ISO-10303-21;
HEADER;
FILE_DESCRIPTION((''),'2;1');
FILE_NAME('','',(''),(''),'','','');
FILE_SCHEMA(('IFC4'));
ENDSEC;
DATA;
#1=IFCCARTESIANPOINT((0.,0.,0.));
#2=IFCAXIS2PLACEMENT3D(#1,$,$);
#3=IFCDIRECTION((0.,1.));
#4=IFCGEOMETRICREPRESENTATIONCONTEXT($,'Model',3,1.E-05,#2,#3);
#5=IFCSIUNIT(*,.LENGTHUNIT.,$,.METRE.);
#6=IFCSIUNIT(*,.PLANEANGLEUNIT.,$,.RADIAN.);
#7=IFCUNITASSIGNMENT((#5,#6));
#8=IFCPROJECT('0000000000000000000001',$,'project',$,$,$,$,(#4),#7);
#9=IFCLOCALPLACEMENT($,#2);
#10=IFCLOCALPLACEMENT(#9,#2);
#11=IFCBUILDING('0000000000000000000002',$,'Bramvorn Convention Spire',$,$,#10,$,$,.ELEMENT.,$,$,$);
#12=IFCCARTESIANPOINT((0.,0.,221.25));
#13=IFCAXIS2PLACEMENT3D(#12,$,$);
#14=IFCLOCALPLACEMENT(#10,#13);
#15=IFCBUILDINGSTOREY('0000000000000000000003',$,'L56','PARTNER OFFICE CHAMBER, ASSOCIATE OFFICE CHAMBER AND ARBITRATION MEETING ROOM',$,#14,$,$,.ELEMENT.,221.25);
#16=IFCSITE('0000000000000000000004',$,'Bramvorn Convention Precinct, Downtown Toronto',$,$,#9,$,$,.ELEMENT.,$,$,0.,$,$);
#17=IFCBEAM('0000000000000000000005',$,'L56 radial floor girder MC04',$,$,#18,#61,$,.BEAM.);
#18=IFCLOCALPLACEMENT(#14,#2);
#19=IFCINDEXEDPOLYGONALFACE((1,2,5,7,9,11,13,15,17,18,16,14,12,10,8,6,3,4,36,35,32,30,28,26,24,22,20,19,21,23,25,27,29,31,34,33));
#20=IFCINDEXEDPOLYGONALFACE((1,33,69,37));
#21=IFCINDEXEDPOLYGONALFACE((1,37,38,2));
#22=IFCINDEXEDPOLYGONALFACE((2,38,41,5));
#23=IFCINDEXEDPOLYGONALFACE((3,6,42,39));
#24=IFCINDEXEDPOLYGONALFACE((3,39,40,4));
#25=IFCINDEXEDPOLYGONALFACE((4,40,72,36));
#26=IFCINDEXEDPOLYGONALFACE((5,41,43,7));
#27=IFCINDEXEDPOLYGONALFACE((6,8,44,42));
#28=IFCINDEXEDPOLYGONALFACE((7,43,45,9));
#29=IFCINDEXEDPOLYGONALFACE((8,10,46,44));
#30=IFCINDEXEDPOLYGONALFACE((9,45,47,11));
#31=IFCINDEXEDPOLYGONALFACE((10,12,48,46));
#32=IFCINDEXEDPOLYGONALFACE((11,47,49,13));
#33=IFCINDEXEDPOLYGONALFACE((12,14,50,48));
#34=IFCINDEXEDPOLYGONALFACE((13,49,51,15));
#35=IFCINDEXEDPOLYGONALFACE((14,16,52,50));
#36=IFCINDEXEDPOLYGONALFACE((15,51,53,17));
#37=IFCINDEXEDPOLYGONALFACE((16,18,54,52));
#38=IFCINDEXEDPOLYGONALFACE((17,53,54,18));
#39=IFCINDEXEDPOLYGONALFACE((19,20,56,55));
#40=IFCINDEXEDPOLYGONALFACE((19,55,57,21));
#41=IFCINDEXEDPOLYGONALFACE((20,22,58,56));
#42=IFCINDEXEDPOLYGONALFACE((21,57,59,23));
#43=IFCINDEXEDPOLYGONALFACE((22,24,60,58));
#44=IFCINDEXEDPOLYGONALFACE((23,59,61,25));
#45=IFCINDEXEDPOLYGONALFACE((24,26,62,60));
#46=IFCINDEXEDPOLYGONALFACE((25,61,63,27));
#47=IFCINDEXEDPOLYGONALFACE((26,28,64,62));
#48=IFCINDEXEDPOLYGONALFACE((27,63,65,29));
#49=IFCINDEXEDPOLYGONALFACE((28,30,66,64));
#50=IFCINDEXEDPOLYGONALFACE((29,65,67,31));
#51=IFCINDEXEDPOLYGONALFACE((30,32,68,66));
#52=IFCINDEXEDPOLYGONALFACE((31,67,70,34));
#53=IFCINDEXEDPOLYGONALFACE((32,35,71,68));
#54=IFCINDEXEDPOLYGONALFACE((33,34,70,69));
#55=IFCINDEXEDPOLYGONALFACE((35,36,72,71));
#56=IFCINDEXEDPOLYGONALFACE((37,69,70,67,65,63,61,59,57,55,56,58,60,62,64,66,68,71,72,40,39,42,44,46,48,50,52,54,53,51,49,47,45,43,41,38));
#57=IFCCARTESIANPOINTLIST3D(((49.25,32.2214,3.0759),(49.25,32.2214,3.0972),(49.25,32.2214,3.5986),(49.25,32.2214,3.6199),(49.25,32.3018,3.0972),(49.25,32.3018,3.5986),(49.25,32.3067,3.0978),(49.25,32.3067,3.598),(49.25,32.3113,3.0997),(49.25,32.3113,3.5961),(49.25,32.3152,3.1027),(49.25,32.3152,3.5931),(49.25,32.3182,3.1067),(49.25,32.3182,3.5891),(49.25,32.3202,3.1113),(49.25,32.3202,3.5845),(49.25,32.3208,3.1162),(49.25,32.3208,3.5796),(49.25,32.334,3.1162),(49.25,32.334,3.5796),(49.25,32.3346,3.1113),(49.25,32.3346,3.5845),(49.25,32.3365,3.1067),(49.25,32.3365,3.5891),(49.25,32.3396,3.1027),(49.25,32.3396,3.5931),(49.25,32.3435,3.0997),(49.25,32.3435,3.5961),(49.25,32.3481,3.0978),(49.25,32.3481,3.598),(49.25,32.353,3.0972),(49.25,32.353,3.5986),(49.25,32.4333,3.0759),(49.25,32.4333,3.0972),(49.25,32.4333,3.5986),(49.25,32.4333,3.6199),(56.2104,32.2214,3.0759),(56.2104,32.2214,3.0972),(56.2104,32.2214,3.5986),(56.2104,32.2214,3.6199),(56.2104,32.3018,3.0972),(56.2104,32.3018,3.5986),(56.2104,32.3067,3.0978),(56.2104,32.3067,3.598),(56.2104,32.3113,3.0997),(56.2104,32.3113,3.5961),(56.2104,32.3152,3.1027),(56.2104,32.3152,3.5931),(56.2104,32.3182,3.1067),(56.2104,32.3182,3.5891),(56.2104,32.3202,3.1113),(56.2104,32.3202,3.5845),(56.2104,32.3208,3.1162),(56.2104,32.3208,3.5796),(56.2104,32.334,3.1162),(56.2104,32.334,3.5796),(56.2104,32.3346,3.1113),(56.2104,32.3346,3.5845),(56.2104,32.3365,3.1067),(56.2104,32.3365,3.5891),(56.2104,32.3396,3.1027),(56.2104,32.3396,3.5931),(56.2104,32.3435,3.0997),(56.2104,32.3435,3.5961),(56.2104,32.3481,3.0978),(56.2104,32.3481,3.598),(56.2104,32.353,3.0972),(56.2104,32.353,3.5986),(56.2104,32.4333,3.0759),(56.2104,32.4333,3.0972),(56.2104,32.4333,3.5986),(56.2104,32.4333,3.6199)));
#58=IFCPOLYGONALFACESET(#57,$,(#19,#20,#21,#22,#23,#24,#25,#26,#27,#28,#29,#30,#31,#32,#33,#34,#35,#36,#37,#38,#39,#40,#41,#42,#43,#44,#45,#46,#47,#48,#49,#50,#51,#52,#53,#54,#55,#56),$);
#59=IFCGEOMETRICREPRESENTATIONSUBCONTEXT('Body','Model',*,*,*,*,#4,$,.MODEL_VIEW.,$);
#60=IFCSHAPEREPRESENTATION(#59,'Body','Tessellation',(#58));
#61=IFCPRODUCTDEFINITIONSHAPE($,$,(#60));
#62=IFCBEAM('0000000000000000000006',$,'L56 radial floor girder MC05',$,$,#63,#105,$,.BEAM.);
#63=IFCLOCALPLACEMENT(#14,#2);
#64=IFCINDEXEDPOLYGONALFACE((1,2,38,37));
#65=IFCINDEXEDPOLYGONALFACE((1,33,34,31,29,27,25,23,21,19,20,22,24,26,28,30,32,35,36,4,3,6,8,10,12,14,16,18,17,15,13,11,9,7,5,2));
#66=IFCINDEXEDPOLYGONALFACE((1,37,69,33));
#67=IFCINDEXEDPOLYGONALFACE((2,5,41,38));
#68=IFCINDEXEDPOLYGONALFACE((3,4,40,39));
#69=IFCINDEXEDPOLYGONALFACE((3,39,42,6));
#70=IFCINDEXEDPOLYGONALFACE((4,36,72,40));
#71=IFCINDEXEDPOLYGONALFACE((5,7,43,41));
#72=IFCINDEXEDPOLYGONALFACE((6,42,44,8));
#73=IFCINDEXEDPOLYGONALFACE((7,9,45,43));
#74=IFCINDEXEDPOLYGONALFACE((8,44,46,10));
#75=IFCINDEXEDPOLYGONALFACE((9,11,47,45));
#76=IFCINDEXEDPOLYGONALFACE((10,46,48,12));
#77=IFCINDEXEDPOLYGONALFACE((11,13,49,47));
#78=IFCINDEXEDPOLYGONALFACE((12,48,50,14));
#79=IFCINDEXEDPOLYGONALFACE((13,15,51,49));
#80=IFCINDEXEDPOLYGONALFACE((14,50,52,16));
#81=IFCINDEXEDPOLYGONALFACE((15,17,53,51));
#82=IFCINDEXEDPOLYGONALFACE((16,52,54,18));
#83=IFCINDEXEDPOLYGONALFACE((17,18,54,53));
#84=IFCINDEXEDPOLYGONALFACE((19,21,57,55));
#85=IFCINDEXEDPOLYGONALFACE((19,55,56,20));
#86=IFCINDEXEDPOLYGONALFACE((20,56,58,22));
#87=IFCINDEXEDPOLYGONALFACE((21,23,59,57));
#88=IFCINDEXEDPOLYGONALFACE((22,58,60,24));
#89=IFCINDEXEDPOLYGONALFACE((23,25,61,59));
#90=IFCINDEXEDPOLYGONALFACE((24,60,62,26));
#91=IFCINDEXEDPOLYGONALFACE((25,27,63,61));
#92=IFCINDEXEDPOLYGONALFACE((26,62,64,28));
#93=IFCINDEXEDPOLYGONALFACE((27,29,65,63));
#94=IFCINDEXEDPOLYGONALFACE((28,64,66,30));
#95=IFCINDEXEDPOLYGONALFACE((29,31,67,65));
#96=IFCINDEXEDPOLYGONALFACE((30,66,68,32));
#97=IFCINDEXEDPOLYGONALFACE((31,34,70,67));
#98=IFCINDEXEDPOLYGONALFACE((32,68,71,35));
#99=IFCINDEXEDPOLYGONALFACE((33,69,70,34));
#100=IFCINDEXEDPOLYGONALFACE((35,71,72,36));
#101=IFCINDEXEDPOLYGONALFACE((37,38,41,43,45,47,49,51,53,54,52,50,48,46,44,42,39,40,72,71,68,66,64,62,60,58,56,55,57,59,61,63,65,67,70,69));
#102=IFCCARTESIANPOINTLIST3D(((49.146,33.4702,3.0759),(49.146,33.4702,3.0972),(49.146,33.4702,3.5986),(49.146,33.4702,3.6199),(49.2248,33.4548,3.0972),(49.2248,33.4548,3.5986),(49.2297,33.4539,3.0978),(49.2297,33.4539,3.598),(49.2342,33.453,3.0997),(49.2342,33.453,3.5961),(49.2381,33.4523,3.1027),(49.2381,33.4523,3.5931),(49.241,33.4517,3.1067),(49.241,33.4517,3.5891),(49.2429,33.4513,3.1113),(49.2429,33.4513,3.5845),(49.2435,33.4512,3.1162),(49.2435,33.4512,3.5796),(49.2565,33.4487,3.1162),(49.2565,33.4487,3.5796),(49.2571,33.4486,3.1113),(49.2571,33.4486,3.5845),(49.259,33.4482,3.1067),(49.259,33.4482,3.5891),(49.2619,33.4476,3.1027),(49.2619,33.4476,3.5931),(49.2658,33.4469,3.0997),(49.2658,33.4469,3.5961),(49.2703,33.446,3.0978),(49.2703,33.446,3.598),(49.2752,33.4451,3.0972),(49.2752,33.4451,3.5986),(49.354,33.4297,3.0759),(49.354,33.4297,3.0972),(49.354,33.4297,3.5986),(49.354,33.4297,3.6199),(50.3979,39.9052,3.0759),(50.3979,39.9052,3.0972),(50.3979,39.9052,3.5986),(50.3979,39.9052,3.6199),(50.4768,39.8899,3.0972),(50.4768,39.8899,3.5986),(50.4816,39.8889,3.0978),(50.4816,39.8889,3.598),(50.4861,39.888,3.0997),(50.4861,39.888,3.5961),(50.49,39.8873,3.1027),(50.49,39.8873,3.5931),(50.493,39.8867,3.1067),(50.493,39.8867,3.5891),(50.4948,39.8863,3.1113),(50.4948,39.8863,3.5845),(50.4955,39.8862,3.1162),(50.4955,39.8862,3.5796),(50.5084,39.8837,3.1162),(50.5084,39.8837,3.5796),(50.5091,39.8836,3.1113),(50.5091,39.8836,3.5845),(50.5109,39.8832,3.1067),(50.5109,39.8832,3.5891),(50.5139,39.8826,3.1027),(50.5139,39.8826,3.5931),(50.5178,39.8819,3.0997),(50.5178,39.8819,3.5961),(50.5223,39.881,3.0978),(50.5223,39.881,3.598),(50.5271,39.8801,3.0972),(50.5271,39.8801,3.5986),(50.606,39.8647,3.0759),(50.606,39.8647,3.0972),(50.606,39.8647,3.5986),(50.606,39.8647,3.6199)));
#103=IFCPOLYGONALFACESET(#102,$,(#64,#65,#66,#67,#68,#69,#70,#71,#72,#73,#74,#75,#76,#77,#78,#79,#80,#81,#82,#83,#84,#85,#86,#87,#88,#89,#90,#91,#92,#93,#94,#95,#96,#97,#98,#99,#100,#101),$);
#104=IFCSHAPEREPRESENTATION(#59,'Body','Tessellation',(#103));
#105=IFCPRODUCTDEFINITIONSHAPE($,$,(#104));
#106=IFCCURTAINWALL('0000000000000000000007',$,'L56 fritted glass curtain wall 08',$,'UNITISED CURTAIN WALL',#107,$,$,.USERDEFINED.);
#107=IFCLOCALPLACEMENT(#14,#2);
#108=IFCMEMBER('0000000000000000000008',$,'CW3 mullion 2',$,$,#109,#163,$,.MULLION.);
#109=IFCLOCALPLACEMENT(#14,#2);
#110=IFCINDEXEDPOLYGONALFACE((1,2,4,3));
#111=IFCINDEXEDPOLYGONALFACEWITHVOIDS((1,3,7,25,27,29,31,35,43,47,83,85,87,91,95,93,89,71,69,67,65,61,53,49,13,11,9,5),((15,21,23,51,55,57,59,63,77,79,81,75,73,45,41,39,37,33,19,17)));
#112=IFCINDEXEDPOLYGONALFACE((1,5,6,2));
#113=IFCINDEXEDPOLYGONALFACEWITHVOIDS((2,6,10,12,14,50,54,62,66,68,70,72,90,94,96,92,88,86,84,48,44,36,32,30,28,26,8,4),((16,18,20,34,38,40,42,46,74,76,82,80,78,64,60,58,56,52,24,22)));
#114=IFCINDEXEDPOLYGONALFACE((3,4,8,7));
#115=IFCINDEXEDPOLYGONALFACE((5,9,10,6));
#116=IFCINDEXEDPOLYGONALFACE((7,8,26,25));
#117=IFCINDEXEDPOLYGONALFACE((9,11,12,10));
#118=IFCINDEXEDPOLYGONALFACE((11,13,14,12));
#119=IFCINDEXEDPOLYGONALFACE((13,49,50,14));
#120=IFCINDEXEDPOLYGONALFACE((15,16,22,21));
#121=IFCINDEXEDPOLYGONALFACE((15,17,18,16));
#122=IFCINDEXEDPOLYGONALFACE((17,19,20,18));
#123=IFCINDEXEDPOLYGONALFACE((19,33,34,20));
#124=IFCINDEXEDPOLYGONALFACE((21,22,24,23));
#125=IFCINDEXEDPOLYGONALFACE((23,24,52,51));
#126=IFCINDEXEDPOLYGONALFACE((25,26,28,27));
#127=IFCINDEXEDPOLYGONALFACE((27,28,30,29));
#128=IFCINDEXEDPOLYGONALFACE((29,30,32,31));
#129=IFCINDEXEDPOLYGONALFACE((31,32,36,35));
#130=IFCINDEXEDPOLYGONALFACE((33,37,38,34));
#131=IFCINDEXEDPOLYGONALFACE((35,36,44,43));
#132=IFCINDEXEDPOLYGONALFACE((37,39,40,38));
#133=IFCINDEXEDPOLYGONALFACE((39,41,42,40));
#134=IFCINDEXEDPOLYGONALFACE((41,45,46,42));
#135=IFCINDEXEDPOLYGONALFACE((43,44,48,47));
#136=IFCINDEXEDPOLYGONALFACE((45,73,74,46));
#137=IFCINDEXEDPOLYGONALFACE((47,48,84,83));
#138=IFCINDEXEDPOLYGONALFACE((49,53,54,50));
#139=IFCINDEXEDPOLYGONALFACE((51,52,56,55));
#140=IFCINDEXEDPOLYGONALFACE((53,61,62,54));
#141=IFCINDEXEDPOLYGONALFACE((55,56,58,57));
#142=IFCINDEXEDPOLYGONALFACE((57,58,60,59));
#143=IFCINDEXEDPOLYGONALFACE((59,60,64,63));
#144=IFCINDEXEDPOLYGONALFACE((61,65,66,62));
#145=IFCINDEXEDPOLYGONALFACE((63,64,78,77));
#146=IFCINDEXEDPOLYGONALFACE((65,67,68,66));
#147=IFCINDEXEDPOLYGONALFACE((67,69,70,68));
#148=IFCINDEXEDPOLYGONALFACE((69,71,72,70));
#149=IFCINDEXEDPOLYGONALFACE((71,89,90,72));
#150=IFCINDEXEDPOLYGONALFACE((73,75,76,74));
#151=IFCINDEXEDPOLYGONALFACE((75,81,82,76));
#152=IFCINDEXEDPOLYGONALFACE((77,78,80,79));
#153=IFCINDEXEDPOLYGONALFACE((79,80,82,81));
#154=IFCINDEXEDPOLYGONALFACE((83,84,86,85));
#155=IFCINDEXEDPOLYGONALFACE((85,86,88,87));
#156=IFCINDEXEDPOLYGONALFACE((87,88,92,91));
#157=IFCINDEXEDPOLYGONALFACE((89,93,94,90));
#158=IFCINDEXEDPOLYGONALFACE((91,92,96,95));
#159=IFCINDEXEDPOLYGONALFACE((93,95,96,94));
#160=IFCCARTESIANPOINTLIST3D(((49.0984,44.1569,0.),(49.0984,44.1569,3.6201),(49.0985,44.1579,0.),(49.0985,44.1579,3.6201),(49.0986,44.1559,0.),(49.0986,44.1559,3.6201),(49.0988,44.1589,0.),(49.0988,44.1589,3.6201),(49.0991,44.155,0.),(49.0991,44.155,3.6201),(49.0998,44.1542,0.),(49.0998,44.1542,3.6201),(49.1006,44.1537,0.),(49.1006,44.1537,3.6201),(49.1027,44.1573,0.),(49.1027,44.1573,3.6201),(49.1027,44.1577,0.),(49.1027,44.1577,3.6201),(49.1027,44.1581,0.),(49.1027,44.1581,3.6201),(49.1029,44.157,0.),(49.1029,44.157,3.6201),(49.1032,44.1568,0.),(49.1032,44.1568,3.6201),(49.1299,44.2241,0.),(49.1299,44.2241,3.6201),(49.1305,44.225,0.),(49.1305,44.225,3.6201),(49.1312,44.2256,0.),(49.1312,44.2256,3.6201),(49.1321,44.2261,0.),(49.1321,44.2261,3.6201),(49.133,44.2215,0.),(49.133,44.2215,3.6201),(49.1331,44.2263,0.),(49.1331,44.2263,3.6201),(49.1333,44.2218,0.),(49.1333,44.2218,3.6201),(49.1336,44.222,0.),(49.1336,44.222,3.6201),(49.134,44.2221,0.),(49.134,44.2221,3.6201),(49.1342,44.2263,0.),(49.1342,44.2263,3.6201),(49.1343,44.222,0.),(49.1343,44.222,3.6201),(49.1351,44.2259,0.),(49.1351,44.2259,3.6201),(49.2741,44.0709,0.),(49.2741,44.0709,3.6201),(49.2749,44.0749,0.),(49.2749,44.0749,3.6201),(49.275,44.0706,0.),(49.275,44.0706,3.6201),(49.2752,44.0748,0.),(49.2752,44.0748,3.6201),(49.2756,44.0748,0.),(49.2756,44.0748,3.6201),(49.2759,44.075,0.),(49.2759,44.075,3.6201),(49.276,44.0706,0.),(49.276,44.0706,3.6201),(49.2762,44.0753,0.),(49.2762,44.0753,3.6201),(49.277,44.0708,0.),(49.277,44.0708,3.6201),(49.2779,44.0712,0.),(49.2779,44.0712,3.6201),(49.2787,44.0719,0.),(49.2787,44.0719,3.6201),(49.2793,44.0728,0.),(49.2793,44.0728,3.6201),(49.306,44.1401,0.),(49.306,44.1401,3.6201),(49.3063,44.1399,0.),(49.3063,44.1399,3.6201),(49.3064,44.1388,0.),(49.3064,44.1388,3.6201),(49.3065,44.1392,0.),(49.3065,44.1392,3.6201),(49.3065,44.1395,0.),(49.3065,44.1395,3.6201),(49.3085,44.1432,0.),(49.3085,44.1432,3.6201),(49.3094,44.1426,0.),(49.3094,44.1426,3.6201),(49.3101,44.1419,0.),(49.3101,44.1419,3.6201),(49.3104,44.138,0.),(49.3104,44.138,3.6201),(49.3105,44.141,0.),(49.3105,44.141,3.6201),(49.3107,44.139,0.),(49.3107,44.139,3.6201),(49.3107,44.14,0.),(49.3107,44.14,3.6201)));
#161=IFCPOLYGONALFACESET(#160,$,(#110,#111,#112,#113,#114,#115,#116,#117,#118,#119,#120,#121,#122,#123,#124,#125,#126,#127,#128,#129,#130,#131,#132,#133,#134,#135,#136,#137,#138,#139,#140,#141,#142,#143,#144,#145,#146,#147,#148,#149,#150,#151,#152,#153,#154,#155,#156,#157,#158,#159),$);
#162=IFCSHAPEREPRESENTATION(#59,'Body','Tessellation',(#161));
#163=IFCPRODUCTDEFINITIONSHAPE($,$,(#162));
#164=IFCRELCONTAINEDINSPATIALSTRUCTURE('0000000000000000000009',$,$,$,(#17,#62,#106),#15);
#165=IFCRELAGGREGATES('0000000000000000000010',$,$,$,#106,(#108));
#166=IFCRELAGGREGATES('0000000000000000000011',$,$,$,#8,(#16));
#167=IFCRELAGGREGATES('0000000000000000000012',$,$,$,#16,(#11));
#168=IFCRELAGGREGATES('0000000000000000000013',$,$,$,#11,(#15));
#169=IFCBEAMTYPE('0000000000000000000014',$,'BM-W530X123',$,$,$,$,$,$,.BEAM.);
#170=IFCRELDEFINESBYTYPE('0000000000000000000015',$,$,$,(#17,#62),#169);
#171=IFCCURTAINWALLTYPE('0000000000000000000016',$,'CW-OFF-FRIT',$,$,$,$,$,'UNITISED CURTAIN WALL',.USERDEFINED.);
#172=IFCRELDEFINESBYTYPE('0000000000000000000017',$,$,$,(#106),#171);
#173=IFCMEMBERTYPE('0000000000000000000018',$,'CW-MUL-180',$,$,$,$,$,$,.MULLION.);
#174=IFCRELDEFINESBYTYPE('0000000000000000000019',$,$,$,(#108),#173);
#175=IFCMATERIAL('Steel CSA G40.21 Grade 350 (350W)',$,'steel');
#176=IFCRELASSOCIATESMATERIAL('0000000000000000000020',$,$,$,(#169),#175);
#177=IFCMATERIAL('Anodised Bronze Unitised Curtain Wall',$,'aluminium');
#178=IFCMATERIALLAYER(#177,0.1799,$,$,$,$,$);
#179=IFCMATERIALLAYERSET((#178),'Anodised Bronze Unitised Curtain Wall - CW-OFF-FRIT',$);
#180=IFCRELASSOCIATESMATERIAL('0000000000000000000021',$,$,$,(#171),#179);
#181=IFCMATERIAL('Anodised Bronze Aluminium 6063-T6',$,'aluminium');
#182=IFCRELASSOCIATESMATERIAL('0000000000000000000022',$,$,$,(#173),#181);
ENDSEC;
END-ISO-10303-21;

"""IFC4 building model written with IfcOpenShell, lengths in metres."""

from ifc_helpers import new_model, si_unit, direction, frame, origin, origin_2d, place, context, subcontext, project, spatial, hollow_rectangle, i_section, extrude, material, layer, layer_set, material_profile, profile_set, type_object, element, aggregate, save


model = new_model("IFC4")

# Units and contexts
model_context = context("Model", 3, precision=1e-05, world=origin(), true_north=direction((0.0, 1.0)))
body_context = subcontext(model_context, "Body", "Model", "MODEL_VIEW")
ifc_project = project(units=[si_unit("LENGTHUNIT", "METRE"), si_unit("PLANEANGLEUNIT", "RADIAN")], contexts=[model_context])

# Site, building, storey
site_placement = place(None, origin())
site = spatial("IfcSite", under=ifc_project, at=site_placement, Name="Bramvorn Convention Precinct, Downtown Toronto", CompositionType="ELEMENT", RefElevation=0.0)
building_placement = place(site_placement, origin())
building = spatial("IfcBuilding", under=site, at=building_placement, Name="Bramvorn Convention Spire", CompositionType="ELEMENT")
storey_placement = place(building_placement, frame((0.0, 0.0, 221.25)))
storey = spatial("IfcBuildingStorey", under=building, at=storey_placement, Name="L56", Description="PARTNER OFFICE CHAMBER, ASSOCIATE OFFICE CHAMBER AND ARBITRATION MEETING ROOM", CompositionType="ELEMENT", Elevation=221.25)

# Shared definitions
ifc_material_1 = material(Name="Steel CSA G40.21 Grade 350 (350W)", Category="steel")

# Beams
ifc_material_profile_1 = material_profile(ifc_material_1, i_section(OverallWidth=0.2119, OverallDepth=0.5439, WebThickness=0.0132, FlangeThickness=0.0212, FilletRadius=0.019, at=origin_2d()))
ifc_profile_set_1 = profile_set([ifc_material_profile_1], Name="Steel CSA G40.21 Grade 350 (350W) - W530X123")
beam_type_1 = type_object("IfcBeamType", Name="BM-W530X123", PredefinedType="BEAM", material=ifc_profile_set_1)
beam_1_placement = place(storey_placement, frame((49.25, 32.3274, 3.3479), z_axis=(1.0, 0.0, 0.0), x_axis=(0.0, 1.0, 0.0)))
element("IfcBeam", 1, at=beam_1_placement, inside=storey, type_object=beam_type_1, Name="L56 radial floor girder MC04", PredefinedType="BEAM", context=body_context, shape_type="SweptSolid", body=[
    extrude(i_section(OverallWidth=0.2119, OverallDepth=0.5439, WebThickness=0.0132, FlangeThickness=0.0212, FilletRadius=0.019, at=origin_2d()), origin(), (0.0, 0.0, 1.0), 6.9604),
])
beam_2_placement = place(storey_placement, frame((49.25, 33.45, 3.3479), z_axis=(0.190971, 0.981596, 0.0), x_axis=(-0.981596, 0.190971, 0.0)))
element("IfcBeam", 2, at=beam_2_placement, inside=storey, type_object=beam_type_1, Name="L56 radial floor girder MC05", PredefinedType="BEAM", context=body_context, shape_type="SweptSolid", body=[
    extrude(i_section(OverallWidth=0.2119, OverallDepth=0.5439, WebThickness=0.0132, FlangeThickness=0.0212, FilletRadius=0.019, at=origin_2d()), origin(), (0.0, 0.0, 1.0), 6.5557),
])

# Curtain wall, member
ifc_material_2 = material(Name="Anodised Bronze Unitised Curtain Wall", Category="aluminium")
ifc_layer_1 = layer(ifc_material_2, 0.1799)
ifc_layer_set_1 = layer_set([ifc_layer_1], Name="Anodised Bronze Unitised Curtain Wall - CW-OFF-FRIT")
curtain_wall_type = type_object("IfcCurtainWallType", Name="CW-OFF-FRIT", ElementType="UNITISED CURTAIN WALL", PredefinedType="USERDEFINED", material=ifc_layer_set_1)
curtain_wall_placement = place(storey_placement, origin())
curtain_wall = element("IfcCurtainWall", 3, at=curtain_wall_placement, inside=storey, type_object=curtain_wall_type, Name="L56 fritted glass curtain wall 08", ObjectType="UNITISED CURTAIN WALL", PredefinedType="USERDEFINED")
ifc_material_3 = material(Name="Anodised Bronze Aluminium 6063-T6", Category="aluminium")
ifc_material_profile_2 = material_profile(ifc_material_3, hollow_rectangle(XDim=0.0801, YDim=0.2, WallThickness=0.0039, InnerFilletRadius=0.001, OuterFilletRadius=0.0039, at=origin_2d()))
ifc_profile_set_2 = profile_set([ifc_material_profile_2], Name="Anodised Bronze Aluminium 6063-T6 - CWM80X200")
member_type_1 = type_object("IfcMemberType", Name="CW-MUL-180", PredefinedType="MULLION", material=ifc_profile_set_2)
member_1_placement = place(storey_placement, frame((49.2046, 44.1484, 0.0), z_axis=(0.0, 0.0, 1.0), x_axis=(0.430659, 0.902515, 0.0)))
member_1 = element("IfcMember", 4, at=member_1_placement, type_object=member_type_1, Name="CW3 mullion 2", PredefinedType="MULLION", context=body_context, shape_type="SweptSolid", body=[
    extrude(hollow_rectangle(XDim=0.0801, YDim=0.2, WallThickness=0.0039, InnerFilletRadius=0.001, OuterFilletRadius=0.0039, at=origin_2d()), origin(), (0.0, 0.0, 1.0), 3.6201),
])

aggregate(curtain_wall, [member_1])

save(model, "model.ifc")
